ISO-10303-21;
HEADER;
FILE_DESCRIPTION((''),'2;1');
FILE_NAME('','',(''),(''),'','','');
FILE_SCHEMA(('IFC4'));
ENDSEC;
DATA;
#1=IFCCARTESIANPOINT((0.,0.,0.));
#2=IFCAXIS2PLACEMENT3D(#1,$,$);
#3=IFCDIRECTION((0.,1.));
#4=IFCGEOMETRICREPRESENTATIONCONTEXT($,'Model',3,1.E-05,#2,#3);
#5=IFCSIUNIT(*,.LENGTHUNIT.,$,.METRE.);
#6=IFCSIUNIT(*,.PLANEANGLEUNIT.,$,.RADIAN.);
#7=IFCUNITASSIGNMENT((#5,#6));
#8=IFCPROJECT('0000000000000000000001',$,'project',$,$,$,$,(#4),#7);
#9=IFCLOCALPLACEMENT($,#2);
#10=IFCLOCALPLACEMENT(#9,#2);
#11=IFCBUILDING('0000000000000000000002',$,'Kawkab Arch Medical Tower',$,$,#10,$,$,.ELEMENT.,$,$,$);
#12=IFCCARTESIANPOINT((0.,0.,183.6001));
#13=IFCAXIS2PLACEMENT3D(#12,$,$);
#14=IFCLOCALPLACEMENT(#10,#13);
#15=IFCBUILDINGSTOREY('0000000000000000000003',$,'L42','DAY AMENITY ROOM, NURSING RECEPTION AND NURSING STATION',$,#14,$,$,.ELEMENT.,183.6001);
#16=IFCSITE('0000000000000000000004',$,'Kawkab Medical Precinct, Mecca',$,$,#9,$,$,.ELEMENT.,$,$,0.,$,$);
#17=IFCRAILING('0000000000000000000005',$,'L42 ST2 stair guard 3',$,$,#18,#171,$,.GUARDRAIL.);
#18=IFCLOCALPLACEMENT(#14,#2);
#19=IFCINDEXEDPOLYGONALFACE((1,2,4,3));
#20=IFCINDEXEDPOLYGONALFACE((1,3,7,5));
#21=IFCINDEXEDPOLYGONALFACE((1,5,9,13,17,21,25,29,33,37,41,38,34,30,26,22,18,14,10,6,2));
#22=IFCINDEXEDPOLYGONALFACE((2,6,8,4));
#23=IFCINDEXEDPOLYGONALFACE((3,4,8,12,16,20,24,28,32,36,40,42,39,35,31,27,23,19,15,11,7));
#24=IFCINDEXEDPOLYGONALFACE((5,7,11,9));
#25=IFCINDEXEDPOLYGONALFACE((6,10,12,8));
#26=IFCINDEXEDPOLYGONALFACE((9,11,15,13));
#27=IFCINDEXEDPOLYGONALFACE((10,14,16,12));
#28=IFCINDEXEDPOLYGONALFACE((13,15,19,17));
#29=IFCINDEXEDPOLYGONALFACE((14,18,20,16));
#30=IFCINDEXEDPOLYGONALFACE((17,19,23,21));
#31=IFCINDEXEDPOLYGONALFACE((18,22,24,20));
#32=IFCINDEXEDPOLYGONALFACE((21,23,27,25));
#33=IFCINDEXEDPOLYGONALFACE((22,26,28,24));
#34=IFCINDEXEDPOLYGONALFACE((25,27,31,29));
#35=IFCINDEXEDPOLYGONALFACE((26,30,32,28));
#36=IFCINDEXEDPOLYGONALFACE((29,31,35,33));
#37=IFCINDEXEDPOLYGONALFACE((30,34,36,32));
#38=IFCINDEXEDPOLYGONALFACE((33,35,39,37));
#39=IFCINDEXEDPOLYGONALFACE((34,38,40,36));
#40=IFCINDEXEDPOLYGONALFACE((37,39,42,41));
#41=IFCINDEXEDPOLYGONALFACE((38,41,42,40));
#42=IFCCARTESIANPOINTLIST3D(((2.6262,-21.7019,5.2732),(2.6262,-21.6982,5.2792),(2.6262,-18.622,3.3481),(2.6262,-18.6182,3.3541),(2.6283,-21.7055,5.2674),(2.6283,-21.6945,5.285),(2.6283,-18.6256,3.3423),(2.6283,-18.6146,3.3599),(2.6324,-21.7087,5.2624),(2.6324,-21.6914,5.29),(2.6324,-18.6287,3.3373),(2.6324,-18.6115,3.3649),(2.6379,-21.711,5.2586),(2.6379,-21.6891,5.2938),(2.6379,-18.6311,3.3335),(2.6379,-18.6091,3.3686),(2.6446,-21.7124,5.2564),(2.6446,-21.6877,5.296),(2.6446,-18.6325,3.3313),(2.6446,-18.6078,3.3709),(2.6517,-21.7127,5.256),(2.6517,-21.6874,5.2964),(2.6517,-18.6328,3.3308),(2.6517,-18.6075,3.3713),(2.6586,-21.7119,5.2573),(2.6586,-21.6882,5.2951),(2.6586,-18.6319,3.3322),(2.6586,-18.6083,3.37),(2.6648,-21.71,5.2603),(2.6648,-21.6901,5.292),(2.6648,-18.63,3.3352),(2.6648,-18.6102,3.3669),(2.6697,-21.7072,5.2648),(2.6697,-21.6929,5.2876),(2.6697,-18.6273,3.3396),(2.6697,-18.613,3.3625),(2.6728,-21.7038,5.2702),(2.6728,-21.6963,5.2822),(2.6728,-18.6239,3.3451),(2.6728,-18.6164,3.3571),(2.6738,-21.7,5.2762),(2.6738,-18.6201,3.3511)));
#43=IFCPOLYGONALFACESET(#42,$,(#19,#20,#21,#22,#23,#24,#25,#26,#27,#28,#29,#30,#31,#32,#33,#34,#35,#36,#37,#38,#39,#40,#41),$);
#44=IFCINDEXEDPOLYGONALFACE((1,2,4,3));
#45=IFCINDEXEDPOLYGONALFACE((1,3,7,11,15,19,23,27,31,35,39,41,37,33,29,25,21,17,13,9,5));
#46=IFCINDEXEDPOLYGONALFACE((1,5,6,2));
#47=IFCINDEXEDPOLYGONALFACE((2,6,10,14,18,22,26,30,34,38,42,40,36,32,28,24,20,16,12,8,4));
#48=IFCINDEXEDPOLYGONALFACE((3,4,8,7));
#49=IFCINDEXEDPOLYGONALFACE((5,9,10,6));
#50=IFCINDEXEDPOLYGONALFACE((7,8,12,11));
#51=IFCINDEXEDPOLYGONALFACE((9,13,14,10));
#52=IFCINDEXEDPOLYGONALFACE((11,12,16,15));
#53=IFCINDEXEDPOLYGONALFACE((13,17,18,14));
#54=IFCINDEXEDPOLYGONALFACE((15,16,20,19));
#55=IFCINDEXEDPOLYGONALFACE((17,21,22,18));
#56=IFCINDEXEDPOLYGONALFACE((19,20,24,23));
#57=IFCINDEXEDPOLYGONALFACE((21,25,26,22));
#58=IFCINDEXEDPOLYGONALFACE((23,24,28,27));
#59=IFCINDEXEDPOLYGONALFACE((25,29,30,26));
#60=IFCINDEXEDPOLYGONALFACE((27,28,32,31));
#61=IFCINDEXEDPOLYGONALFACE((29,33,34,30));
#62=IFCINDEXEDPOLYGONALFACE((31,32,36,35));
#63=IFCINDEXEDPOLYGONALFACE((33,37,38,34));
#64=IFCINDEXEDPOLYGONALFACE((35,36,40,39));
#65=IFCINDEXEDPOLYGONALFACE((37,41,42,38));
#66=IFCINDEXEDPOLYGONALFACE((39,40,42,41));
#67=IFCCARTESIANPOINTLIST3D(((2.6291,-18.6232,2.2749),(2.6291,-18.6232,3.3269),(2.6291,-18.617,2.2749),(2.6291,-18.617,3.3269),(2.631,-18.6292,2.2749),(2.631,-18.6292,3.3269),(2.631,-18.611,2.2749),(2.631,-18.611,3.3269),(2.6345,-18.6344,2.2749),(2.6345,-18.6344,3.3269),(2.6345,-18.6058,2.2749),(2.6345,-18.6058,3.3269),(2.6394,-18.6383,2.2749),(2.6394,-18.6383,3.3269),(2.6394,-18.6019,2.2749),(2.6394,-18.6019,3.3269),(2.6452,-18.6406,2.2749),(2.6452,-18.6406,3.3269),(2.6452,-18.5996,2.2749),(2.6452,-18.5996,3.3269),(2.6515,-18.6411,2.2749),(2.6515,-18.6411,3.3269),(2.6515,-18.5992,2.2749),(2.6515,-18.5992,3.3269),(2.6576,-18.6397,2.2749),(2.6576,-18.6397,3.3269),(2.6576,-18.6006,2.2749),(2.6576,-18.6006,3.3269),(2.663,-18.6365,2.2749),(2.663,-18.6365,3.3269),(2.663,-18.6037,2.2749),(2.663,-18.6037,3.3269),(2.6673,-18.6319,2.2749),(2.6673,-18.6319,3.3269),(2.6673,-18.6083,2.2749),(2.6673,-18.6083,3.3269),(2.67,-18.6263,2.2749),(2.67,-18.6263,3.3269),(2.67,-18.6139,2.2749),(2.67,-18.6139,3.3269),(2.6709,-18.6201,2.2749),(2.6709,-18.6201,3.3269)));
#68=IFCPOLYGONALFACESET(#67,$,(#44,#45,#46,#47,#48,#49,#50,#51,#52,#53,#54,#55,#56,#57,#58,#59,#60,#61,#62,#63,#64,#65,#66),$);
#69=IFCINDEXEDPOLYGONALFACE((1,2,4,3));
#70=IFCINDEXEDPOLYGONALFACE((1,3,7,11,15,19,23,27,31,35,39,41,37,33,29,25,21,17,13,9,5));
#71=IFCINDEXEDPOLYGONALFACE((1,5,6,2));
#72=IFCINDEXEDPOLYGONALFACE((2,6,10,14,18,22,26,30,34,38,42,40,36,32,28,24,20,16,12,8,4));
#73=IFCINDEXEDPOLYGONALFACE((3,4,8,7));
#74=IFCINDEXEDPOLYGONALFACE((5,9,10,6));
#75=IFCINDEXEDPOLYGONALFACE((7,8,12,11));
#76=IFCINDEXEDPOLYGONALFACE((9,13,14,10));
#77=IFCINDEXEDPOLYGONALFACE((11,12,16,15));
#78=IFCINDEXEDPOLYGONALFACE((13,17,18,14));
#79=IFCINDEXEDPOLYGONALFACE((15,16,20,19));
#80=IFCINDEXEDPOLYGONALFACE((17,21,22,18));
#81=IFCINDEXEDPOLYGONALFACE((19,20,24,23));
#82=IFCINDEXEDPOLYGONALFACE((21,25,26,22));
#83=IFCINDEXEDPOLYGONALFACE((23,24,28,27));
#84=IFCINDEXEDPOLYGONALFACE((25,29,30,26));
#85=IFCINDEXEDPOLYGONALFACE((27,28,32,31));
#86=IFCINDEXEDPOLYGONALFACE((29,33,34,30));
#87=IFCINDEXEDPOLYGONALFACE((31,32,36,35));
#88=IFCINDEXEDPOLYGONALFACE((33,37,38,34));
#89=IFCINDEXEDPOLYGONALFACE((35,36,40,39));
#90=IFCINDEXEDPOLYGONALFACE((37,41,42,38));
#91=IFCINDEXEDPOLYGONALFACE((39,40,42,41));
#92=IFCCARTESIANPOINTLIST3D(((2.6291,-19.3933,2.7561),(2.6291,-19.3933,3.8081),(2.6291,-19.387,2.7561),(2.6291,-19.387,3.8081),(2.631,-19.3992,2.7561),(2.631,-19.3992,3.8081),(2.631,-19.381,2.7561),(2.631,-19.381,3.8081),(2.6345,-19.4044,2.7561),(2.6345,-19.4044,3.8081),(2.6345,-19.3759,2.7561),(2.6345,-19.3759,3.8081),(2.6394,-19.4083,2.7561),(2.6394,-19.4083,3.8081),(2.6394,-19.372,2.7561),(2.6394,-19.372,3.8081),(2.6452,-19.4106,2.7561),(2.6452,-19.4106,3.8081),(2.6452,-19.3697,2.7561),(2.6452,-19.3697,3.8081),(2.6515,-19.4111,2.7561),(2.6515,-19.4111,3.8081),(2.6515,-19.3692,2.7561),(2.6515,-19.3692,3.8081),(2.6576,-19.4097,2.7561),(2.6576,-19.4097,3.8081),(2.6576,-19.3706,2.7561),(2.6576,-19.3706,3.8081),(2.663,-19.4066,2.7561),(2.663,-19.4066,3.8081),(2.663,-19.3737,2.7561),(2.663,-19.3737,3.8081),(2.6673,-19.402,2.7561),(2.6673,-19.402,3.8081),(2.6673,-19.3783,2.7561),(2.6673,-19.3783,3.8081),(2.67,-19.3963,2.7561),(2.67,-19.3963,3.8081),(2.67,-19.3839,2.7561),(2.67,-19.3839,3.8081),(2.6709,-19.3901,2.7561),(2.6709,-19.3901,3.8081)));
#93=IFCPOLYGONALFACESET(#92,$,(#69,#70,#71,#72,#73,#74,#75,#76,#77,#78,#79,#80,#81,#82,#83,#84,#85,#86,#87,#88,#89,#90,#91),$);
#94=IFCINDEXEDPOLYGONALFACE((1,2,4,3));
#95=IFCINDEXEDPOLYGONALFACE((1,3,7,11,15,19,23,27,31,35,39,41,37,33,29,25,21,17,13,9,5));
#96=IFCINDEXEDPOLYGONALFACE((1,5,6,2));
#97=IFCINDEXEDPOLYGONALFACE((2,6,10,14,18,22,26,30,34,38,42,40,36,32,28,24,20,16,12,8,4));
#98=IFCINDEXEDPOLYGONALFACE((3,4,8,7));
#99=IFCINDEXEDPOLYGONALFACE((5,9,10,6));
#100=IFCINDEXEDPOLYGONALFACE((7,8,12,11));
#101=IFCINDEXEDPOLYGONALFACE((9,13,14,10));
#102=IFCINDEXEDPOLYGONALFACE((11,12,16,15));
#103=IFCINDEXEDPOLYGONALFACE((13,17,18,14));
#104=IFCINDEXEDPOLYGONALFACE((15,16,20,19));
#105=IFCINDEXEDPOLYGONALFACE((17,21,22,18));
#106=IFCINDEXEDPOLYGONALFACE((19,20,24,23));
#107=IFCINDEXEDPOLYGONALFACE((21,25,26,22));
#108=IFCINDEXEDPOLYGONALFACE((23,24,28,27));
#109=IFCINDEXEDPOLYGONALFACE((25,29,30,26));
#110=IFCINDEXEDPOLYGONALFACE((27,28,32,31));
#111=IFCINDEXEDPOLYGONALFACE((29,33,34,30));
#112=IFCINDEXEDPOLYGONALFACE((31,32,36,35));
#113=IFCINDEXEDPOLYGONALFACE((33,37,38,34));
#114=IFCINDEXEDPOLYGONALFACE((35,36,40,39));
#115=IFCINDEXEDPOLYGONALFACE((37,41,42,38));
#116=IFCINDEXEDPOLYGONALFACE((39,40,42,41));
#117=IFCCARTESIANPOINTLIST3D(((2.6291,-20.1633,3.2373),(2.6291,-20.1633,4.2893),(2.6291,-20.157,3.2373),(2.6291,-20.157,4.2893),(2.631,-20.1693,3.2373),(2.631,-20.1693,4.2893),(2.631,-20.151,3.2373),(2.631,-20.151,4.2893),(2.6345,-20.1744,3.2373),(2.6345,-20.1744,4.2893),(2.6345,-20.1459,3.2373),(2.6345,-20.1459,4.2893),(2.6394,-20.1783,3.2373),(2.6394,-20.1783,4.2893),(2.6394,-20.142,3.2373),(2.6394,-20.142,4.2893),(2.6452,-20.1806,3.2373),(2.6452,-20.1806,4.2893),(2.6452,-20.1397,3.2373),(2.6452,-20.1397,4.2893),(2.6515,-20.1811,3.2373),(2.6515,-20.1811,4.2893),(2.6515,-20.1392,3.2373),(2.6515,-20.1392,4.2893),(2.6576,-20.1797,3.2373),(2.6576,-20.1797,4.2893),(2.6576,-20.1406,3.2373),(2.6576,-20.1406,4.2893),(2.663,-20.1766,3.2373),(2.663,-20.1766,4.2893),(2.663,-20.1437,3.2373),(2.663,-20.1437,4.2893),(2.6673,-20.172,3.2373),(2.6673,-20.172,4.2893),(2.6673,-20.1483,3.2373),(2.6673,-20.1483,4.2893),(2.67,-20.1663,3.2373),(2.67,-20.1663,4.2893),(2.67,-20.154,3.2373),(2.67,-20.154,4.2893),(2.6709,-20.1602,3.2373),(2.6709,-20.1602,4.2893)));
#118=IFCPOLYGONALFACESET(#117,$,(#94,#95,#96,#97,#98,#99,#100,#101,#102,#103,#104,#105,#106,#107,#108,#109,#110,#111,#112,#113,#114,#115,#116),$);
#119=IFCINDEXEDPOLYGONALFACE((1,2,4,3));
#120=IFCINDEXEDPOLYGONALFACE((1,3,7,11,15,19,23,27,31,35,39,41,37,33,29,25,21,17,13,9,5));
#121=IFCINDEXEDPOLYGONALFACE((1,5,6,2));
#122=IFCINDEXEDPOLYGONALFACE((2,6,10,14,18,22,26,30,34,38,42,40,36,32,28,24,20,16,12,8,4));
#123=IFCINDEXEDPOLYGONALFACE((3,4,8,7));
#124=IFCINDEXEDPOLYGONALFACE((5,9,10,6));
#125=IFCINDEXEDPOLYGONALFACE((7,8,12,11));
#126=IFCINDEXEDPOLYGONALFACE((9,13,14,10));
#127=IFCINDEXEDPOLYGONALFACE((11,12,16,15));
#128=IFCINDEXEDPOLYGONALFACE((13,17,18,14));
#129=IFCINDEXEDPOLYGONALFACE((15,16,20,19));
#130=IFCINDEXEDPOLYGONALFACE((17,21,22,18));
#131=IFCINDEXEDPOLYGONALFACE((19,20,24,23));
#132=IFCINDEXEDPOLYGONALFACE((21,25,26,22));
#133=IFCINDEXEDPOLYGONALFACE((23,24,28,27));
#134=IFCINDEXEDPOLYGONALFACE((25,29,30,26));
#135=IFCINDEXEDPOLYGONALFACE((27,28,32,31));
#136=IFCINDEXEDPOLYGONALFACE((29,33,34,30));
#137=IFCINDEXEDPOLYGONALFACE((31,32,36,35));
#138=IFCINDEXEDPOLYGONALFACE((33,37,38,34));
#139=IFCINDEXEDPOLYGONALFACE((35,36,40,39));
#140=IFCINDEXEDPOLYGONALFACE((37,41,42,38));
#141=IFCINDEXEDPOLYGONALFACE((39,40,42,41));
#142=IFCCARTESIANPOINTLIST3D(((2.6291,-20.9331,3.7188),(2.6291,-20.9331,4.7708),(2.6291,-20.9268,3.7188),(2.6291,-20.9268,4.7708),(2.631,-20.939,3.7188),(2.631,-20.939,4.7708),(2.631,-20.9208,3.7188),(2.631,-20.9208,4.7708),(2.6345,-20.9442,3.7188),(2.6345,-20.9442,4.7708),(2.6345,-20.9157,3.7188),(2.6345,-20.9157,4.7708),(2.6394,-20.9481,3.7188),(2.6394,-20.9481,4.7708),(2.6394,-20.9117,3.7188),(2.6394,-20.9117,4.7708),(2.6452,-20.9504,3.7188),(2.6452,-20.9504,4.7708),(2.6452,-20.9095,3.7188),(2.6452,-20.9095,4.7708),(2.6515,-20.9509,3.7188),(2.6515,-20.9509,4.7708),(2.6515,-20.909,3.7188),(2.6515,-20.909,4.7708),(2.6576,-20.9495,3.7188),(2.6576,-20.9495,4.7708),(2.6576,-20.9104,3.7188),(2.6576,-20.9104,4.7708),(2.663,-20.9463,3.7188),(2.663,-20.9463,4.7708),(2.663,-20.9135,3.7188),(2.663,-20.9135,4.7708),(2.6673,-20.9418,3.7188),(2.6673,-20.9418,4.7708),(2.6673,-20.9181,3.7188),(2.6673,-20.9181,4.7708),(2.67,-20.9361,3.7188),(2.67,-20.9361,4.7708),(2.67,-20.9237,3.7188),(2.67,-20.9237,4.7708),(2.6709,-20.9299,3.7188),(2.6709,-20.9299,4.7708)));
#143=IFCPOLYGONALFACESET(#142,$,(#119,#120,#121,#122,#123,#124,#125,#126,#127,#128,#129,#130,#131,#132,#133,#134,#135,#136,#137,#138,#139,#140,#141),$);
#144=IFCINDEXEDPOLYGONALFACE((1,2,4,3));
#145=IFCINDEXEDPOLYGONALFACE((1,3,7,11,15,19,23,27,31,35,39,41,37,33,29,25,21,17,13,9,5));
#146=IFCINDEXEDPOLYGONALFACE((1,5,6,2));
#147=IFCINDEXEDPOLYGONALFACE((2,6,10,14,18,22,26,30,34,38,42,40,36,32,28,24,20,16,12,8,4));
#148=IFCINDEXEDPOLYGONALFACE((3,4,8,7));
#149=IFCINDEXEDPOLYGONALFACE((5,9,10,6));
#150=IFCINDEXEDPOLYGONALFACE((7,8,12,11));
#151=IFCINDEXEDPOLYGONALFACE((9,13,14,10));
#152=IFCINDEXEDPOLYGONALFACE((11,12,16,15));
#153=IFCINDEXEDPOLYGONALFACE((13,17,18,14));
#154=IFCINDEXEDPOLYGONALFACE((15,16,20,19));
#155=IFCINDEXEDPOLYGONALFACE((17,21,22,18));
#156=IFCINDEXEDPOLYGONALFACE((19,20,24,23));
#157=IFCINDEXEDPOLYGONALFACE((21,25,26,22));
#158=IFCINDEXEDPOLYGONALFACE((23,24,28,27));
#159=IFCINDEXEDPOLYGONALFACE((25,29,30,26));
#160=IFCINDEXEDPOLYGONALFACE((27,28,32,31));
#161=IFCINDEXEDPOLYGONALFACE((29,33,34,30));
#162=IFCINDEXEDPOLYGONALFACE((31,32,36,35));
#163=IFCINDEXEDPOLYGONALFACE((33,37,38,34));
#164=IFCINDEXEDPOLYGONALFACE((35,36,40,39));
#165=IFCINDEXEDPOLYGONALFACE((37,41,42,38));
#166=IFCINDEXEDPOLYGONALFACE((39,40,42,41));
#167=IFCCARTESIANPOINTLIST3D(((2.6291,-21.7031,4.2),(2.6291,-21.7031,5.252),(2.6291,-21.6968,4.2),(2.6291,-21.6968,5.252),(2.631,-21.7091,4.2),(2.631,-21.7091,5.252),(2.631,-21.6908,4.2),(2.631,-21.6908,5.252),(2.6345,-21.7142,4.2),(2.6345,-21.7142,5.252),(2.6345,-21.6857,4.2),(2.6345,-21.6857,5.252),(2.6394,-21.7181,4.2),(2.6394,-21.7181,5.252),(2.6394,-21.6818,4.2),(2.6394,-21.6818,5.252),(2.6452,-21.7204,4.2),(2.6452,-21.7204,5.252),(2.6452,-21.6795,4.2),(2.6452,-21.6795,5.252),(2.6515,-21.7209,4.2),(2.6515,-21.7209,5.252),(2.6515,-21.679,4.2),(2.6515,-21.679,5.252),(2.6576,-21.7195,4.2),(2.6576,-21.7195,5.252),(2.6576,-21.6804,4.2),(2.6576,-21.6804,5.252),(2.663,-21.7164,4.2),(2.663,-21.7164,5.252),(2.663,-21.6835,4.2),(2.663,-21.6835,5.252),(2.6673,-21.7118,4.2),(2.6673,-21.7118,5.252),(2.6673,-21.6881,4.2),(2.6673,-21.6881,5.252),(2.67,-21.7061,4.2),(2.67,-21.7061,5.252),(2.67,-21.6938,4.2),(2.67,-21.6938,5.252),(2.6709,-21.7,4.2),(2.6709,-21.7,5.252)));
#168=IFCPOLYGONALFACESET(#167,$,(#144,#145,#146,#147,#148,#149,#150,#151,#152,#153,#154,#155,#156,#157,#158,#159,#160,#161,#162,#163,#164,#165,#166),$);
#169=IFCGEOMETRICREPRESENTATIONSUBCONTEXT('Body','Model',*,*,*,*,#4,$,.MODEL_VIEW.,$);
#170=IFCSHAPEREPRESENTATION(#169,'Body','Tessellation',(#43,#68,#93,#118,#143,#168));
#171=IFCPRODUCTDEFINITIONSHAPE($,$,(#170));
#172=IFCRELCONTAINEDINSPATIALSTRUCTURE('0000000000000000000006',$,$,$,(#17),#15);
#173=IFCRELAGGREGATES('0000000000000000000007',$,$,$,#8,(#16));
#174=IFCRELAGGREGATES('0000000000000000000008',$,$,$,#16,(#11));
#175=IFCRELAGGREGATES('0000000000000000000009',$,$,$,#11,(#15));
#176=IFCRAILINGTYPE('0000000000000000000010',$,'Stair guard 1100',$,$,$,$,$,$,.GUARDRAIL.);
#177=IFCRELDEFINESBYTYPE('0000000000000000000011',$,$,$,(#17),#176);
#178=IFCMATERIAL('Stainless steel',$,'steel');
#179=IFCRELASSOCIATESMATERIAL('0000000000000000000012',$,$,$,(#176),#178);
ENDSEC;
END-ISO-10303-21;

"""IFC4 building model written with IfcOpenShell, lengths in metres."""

from ifc_helpers import new_model, si_unit, direction, frame, origin, origin_2d, place, context, subcontext, project, spatial, circle, extrude, material, type_object, element, save


model = new_model("IFC4")

# Units and contexts
model_context = context("Model", 3, precision=1e-05, world=origin(), true_north=direction((0.0, 1.0)))
body_context = subcontext(model_context, "Body", "Model", "MODEL_VIEW")
ifc_project = project(units=[si_unit("LENGTHUNIT", "METRE"), si_unit("PLANEANGLEUNIT", "RADIAN")], contexts=[model_context])

# Site, building, storey
site_placement = place(None, origin())
site = spatial("IfcSite", under=ifc_project, at=site_placement, Name="Kawkab Medical Precinct, Mecca", CompositionType="ELEMENT", RefElevation=0.0)
building_placement = place(site_placement, origin())
building = spatial("IfcBuilding", under=site, at=building_placement, Name="Kawkab Arch Medical Tower", CompositionType="ELEMENT")
storey_placement = place(building_placement, frame((0.0, 0.0, 183.6001)))
storey = spatial("IfcBuildingStorey", under=building, at=storey_placement, Name="L42", Description="DAY AMENITY ROOM, NURSING RECEPTION AND NURSING STATION", CompositionType="ELEMENT", Elevation=183.6001)

# Railing
ifc_material_1 = material(Name="Stainless steel", Category="steel")
railing_type_1 = type_object("IfcRailingType", Name="Stair guard 1100", PredefinedType="GUARDRAIL", material=ifc_material_1)
railing_1_placement = place(storey_placement, frame((2.6499, -18.6201, 2.2749)))
element("IfcRailing", 1, at=railing_1_placement, inside=storey, type_object=railing_type_1, Name="L42 ST2 stair guard 3", PredefinedType="GUARDRAIL", context=body_context, shape_type="SweptSolid", body=[
    extrude(circle(Radius=0.0239, at=origin_2d()), frame((0.0, 0.0, 1.0762), z_axis=(0.0, -0.847979, 0.530029), x_axis=(1.0, 0.0, 0.0)), (0.0, 0.0, 1.0), 3.6321),
    extrude(circle(Radius=0.021, at=origin_2d()), origin(), (0.0, 0.0, 1.0), 1.052),
    extrude(circle(Radius=0.021, at=origin_2d()), frame((0.0, -0.77, 0.4812)), (0.0, 0.0, 1.0), 1.052),
    extrude(circle(Radius=0.021, at=origin_2d()), frame((0.0, -1.54, 0.9624)), (0.0, 0.0, 1.0), 1.052),
    extrude(circle(Radius=0.021, at=origin_2d()), frame((0.0, -2.3098, 1.4438)), (0.0, 0.0, 1.0), 1.052),
    extrude(circle(Radius=0.021, at=origin_2d()), frame((0.0, -3.0798, 1.925)), (0.0, 0.0, 1.0), 1.052),
])

save(model, "model.ifc")
